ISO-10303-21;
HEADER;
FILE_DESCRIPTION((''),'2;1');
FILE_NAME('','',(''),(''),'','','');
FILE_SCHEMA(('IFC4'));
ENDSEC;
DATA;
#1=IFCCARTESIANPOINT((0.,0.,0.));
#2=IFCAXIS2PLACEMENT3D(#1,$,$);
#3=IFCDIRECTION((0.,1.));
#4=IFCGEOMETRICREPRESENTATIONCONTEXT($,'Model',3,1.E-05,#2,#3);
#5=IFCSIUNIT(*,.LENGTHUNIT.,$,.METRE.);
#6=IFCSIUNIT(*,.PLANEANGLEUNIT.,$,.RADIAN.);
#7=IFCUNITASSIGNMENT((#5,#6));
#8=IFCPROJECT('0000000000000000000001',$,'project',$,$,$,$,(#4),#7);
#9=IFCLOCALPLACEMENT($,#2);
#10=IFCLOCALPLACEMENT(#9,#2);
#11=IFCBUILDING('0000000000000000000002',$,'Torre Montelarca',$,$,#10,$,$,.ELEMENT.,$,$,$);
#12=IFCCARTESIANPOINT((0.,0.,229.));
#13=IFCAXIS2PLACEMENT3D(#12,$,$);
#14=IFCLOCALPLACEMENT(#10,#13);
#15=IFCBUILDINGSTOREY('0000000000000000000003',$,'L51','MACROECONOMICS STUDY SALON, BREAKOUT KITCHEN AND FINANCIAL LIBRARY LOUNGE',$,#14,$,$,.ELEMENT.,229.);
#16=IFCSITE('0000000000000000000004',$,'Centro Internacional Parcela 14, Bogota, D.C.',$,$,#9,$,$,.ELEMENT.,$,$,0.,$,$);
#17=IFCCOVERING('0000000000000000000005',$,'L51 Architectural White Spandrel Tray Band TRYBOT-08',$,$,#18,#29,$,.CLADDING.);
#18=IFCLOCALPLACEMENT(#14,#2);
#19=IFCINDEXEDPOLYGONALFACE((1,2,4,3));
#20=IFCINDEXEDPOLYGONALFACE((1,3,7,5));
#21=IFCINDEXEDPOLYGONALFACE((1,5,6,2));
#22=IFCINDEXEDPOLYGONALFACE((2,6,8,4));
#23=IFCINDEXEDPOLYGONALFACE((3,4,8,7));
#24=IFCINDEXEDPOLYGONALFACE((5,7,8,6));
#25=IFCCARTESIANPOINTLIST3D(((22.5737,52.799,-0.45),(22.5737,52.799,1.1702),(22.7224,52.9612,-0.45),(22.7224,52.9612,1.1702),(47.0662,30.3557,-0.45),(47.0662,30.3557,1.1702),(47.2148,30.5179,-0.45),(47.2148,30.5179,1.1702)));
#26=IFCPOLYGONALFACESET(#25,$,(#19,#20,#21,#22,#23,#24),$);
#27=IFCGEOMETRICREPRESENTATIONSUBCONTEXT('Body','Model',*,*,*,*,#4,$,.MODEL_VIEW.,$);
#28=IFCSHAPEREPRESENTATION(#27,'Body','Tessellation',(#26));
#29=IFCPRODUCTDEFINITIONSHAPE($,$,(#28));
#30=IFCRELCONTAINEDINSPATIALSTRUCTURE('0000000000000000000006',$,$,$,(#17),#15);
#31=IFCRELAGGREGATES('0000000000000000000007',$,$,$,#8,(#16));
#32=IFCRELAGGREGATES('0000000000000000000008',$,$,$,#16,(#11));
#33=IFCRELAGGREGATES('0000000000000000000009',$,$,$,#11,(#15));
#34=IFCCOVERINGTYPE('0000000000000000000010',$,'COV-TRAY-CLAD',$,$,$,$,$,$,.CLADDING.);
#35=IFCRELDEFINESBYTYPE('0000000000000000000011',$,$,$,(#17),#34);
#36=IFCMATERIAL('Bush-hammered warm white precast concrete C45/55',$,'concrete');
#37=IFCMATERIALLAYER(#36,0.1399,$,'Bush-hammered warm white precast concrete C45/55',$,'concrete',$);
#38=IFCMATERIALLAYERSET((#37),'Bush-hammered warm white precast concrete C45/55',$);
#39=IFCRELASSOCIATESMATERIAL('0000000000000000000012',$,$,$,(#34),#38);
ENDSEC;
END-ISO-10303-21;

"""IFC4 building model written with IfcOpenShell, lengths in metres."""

from ifc_helpers import new_model, si_unit, direction, frame, origin, origin_2d, place, context, subcontext, project, spatial, rectangle, extrude, source, transform, mapped, material, layer, layer_set, type_object, element, save


model = new_model("IFC4")

# Units and contexts
model_context = context("Model", 3, precision=1e-05, world=origin(), true_north=direction((0.0, 1.0)))
body_context = subcontext(model_context, "Body", "Model", "MODEL_VIEW")
ifc_project = project(units=[si_unit("LENGTHUNIT", "METRE"), si_unit("PLANEANGLEUNIT", "RADIAN")], contexts=[model_context])

# Site, building, storey
site_placement = place(None, origin())
site = spatial("IfcSite", under=ifc_project, at=site_placement, Name="Centro Internacional Parcela 14, Bogota, D.C.", CompositionType="ELEMENT", RefElevation=0.0)
building_placement = place(site_placement, origin())
building = spatial("IfcBuilding", under=site, at=building_placement, Name="Torre Montelarca", CompositionType="ELEMENT")
storey_placement = place(building_placement, frame((0.0, 0.0, 229.0)))
storey = spatial("IfcBuildingStorey", under=building, at=storey_placement, Name="L51", Description="MACROECONOMICS STUDY SALON, BREAKOUT KITCHEN AND FINANCIAL LIBRARY LOUNGE", CompositionType="ELEMENT", Elevation=229.0)

# Covering
ifc_material_1 = material(Name="Bush-hammered warm white precast concrete C45/55", Category="concrete")
ifc_layer_1 = layer(ifc_material_1, 0.1399, Name="Bush-hammered warm white precast concrete C45/55", Category="concrete")
ifc_layer_set_1 = layer_set([ifc_layer_1], Name="Bush-hammered warm white precast concrete C45/55")
covering_type = type_object("IfcCoveringType", Name="COV-TRAY-CLAD", PredefinedType="CLADDING", material=ifc_layer_set_1)
shared_shape_1 = source(origin(), body_context, "Body", "SweptSolid", [
    extrude(rectangle(XDim=33.2202, YDim=0.22, at=origin_2d()), origin(), (0.0, 0.0, 1.0), 1.6201),
])
covering_placement = place(storey_placement, frame((34.8943, 41.6584, -0.45), z_axis=(0.0, 0.0, 1.0), x_axis=(-0.737276, 0.675591, 0.0)))
element("IfcCovering", 1, at=covering_placement, inside=storey, type_object=covering_type, Name="L51 Architectural White Spandrel Tray Band TRYBOT-08", PredefinedType="CLADDING", context=body_context, shape_type="MappedRepresentation", body=[
    mapped(shared_shape_1, transform((0.0, 0.0, 0.0), scale=1.0)),
])

save(model, "model.ifc")
